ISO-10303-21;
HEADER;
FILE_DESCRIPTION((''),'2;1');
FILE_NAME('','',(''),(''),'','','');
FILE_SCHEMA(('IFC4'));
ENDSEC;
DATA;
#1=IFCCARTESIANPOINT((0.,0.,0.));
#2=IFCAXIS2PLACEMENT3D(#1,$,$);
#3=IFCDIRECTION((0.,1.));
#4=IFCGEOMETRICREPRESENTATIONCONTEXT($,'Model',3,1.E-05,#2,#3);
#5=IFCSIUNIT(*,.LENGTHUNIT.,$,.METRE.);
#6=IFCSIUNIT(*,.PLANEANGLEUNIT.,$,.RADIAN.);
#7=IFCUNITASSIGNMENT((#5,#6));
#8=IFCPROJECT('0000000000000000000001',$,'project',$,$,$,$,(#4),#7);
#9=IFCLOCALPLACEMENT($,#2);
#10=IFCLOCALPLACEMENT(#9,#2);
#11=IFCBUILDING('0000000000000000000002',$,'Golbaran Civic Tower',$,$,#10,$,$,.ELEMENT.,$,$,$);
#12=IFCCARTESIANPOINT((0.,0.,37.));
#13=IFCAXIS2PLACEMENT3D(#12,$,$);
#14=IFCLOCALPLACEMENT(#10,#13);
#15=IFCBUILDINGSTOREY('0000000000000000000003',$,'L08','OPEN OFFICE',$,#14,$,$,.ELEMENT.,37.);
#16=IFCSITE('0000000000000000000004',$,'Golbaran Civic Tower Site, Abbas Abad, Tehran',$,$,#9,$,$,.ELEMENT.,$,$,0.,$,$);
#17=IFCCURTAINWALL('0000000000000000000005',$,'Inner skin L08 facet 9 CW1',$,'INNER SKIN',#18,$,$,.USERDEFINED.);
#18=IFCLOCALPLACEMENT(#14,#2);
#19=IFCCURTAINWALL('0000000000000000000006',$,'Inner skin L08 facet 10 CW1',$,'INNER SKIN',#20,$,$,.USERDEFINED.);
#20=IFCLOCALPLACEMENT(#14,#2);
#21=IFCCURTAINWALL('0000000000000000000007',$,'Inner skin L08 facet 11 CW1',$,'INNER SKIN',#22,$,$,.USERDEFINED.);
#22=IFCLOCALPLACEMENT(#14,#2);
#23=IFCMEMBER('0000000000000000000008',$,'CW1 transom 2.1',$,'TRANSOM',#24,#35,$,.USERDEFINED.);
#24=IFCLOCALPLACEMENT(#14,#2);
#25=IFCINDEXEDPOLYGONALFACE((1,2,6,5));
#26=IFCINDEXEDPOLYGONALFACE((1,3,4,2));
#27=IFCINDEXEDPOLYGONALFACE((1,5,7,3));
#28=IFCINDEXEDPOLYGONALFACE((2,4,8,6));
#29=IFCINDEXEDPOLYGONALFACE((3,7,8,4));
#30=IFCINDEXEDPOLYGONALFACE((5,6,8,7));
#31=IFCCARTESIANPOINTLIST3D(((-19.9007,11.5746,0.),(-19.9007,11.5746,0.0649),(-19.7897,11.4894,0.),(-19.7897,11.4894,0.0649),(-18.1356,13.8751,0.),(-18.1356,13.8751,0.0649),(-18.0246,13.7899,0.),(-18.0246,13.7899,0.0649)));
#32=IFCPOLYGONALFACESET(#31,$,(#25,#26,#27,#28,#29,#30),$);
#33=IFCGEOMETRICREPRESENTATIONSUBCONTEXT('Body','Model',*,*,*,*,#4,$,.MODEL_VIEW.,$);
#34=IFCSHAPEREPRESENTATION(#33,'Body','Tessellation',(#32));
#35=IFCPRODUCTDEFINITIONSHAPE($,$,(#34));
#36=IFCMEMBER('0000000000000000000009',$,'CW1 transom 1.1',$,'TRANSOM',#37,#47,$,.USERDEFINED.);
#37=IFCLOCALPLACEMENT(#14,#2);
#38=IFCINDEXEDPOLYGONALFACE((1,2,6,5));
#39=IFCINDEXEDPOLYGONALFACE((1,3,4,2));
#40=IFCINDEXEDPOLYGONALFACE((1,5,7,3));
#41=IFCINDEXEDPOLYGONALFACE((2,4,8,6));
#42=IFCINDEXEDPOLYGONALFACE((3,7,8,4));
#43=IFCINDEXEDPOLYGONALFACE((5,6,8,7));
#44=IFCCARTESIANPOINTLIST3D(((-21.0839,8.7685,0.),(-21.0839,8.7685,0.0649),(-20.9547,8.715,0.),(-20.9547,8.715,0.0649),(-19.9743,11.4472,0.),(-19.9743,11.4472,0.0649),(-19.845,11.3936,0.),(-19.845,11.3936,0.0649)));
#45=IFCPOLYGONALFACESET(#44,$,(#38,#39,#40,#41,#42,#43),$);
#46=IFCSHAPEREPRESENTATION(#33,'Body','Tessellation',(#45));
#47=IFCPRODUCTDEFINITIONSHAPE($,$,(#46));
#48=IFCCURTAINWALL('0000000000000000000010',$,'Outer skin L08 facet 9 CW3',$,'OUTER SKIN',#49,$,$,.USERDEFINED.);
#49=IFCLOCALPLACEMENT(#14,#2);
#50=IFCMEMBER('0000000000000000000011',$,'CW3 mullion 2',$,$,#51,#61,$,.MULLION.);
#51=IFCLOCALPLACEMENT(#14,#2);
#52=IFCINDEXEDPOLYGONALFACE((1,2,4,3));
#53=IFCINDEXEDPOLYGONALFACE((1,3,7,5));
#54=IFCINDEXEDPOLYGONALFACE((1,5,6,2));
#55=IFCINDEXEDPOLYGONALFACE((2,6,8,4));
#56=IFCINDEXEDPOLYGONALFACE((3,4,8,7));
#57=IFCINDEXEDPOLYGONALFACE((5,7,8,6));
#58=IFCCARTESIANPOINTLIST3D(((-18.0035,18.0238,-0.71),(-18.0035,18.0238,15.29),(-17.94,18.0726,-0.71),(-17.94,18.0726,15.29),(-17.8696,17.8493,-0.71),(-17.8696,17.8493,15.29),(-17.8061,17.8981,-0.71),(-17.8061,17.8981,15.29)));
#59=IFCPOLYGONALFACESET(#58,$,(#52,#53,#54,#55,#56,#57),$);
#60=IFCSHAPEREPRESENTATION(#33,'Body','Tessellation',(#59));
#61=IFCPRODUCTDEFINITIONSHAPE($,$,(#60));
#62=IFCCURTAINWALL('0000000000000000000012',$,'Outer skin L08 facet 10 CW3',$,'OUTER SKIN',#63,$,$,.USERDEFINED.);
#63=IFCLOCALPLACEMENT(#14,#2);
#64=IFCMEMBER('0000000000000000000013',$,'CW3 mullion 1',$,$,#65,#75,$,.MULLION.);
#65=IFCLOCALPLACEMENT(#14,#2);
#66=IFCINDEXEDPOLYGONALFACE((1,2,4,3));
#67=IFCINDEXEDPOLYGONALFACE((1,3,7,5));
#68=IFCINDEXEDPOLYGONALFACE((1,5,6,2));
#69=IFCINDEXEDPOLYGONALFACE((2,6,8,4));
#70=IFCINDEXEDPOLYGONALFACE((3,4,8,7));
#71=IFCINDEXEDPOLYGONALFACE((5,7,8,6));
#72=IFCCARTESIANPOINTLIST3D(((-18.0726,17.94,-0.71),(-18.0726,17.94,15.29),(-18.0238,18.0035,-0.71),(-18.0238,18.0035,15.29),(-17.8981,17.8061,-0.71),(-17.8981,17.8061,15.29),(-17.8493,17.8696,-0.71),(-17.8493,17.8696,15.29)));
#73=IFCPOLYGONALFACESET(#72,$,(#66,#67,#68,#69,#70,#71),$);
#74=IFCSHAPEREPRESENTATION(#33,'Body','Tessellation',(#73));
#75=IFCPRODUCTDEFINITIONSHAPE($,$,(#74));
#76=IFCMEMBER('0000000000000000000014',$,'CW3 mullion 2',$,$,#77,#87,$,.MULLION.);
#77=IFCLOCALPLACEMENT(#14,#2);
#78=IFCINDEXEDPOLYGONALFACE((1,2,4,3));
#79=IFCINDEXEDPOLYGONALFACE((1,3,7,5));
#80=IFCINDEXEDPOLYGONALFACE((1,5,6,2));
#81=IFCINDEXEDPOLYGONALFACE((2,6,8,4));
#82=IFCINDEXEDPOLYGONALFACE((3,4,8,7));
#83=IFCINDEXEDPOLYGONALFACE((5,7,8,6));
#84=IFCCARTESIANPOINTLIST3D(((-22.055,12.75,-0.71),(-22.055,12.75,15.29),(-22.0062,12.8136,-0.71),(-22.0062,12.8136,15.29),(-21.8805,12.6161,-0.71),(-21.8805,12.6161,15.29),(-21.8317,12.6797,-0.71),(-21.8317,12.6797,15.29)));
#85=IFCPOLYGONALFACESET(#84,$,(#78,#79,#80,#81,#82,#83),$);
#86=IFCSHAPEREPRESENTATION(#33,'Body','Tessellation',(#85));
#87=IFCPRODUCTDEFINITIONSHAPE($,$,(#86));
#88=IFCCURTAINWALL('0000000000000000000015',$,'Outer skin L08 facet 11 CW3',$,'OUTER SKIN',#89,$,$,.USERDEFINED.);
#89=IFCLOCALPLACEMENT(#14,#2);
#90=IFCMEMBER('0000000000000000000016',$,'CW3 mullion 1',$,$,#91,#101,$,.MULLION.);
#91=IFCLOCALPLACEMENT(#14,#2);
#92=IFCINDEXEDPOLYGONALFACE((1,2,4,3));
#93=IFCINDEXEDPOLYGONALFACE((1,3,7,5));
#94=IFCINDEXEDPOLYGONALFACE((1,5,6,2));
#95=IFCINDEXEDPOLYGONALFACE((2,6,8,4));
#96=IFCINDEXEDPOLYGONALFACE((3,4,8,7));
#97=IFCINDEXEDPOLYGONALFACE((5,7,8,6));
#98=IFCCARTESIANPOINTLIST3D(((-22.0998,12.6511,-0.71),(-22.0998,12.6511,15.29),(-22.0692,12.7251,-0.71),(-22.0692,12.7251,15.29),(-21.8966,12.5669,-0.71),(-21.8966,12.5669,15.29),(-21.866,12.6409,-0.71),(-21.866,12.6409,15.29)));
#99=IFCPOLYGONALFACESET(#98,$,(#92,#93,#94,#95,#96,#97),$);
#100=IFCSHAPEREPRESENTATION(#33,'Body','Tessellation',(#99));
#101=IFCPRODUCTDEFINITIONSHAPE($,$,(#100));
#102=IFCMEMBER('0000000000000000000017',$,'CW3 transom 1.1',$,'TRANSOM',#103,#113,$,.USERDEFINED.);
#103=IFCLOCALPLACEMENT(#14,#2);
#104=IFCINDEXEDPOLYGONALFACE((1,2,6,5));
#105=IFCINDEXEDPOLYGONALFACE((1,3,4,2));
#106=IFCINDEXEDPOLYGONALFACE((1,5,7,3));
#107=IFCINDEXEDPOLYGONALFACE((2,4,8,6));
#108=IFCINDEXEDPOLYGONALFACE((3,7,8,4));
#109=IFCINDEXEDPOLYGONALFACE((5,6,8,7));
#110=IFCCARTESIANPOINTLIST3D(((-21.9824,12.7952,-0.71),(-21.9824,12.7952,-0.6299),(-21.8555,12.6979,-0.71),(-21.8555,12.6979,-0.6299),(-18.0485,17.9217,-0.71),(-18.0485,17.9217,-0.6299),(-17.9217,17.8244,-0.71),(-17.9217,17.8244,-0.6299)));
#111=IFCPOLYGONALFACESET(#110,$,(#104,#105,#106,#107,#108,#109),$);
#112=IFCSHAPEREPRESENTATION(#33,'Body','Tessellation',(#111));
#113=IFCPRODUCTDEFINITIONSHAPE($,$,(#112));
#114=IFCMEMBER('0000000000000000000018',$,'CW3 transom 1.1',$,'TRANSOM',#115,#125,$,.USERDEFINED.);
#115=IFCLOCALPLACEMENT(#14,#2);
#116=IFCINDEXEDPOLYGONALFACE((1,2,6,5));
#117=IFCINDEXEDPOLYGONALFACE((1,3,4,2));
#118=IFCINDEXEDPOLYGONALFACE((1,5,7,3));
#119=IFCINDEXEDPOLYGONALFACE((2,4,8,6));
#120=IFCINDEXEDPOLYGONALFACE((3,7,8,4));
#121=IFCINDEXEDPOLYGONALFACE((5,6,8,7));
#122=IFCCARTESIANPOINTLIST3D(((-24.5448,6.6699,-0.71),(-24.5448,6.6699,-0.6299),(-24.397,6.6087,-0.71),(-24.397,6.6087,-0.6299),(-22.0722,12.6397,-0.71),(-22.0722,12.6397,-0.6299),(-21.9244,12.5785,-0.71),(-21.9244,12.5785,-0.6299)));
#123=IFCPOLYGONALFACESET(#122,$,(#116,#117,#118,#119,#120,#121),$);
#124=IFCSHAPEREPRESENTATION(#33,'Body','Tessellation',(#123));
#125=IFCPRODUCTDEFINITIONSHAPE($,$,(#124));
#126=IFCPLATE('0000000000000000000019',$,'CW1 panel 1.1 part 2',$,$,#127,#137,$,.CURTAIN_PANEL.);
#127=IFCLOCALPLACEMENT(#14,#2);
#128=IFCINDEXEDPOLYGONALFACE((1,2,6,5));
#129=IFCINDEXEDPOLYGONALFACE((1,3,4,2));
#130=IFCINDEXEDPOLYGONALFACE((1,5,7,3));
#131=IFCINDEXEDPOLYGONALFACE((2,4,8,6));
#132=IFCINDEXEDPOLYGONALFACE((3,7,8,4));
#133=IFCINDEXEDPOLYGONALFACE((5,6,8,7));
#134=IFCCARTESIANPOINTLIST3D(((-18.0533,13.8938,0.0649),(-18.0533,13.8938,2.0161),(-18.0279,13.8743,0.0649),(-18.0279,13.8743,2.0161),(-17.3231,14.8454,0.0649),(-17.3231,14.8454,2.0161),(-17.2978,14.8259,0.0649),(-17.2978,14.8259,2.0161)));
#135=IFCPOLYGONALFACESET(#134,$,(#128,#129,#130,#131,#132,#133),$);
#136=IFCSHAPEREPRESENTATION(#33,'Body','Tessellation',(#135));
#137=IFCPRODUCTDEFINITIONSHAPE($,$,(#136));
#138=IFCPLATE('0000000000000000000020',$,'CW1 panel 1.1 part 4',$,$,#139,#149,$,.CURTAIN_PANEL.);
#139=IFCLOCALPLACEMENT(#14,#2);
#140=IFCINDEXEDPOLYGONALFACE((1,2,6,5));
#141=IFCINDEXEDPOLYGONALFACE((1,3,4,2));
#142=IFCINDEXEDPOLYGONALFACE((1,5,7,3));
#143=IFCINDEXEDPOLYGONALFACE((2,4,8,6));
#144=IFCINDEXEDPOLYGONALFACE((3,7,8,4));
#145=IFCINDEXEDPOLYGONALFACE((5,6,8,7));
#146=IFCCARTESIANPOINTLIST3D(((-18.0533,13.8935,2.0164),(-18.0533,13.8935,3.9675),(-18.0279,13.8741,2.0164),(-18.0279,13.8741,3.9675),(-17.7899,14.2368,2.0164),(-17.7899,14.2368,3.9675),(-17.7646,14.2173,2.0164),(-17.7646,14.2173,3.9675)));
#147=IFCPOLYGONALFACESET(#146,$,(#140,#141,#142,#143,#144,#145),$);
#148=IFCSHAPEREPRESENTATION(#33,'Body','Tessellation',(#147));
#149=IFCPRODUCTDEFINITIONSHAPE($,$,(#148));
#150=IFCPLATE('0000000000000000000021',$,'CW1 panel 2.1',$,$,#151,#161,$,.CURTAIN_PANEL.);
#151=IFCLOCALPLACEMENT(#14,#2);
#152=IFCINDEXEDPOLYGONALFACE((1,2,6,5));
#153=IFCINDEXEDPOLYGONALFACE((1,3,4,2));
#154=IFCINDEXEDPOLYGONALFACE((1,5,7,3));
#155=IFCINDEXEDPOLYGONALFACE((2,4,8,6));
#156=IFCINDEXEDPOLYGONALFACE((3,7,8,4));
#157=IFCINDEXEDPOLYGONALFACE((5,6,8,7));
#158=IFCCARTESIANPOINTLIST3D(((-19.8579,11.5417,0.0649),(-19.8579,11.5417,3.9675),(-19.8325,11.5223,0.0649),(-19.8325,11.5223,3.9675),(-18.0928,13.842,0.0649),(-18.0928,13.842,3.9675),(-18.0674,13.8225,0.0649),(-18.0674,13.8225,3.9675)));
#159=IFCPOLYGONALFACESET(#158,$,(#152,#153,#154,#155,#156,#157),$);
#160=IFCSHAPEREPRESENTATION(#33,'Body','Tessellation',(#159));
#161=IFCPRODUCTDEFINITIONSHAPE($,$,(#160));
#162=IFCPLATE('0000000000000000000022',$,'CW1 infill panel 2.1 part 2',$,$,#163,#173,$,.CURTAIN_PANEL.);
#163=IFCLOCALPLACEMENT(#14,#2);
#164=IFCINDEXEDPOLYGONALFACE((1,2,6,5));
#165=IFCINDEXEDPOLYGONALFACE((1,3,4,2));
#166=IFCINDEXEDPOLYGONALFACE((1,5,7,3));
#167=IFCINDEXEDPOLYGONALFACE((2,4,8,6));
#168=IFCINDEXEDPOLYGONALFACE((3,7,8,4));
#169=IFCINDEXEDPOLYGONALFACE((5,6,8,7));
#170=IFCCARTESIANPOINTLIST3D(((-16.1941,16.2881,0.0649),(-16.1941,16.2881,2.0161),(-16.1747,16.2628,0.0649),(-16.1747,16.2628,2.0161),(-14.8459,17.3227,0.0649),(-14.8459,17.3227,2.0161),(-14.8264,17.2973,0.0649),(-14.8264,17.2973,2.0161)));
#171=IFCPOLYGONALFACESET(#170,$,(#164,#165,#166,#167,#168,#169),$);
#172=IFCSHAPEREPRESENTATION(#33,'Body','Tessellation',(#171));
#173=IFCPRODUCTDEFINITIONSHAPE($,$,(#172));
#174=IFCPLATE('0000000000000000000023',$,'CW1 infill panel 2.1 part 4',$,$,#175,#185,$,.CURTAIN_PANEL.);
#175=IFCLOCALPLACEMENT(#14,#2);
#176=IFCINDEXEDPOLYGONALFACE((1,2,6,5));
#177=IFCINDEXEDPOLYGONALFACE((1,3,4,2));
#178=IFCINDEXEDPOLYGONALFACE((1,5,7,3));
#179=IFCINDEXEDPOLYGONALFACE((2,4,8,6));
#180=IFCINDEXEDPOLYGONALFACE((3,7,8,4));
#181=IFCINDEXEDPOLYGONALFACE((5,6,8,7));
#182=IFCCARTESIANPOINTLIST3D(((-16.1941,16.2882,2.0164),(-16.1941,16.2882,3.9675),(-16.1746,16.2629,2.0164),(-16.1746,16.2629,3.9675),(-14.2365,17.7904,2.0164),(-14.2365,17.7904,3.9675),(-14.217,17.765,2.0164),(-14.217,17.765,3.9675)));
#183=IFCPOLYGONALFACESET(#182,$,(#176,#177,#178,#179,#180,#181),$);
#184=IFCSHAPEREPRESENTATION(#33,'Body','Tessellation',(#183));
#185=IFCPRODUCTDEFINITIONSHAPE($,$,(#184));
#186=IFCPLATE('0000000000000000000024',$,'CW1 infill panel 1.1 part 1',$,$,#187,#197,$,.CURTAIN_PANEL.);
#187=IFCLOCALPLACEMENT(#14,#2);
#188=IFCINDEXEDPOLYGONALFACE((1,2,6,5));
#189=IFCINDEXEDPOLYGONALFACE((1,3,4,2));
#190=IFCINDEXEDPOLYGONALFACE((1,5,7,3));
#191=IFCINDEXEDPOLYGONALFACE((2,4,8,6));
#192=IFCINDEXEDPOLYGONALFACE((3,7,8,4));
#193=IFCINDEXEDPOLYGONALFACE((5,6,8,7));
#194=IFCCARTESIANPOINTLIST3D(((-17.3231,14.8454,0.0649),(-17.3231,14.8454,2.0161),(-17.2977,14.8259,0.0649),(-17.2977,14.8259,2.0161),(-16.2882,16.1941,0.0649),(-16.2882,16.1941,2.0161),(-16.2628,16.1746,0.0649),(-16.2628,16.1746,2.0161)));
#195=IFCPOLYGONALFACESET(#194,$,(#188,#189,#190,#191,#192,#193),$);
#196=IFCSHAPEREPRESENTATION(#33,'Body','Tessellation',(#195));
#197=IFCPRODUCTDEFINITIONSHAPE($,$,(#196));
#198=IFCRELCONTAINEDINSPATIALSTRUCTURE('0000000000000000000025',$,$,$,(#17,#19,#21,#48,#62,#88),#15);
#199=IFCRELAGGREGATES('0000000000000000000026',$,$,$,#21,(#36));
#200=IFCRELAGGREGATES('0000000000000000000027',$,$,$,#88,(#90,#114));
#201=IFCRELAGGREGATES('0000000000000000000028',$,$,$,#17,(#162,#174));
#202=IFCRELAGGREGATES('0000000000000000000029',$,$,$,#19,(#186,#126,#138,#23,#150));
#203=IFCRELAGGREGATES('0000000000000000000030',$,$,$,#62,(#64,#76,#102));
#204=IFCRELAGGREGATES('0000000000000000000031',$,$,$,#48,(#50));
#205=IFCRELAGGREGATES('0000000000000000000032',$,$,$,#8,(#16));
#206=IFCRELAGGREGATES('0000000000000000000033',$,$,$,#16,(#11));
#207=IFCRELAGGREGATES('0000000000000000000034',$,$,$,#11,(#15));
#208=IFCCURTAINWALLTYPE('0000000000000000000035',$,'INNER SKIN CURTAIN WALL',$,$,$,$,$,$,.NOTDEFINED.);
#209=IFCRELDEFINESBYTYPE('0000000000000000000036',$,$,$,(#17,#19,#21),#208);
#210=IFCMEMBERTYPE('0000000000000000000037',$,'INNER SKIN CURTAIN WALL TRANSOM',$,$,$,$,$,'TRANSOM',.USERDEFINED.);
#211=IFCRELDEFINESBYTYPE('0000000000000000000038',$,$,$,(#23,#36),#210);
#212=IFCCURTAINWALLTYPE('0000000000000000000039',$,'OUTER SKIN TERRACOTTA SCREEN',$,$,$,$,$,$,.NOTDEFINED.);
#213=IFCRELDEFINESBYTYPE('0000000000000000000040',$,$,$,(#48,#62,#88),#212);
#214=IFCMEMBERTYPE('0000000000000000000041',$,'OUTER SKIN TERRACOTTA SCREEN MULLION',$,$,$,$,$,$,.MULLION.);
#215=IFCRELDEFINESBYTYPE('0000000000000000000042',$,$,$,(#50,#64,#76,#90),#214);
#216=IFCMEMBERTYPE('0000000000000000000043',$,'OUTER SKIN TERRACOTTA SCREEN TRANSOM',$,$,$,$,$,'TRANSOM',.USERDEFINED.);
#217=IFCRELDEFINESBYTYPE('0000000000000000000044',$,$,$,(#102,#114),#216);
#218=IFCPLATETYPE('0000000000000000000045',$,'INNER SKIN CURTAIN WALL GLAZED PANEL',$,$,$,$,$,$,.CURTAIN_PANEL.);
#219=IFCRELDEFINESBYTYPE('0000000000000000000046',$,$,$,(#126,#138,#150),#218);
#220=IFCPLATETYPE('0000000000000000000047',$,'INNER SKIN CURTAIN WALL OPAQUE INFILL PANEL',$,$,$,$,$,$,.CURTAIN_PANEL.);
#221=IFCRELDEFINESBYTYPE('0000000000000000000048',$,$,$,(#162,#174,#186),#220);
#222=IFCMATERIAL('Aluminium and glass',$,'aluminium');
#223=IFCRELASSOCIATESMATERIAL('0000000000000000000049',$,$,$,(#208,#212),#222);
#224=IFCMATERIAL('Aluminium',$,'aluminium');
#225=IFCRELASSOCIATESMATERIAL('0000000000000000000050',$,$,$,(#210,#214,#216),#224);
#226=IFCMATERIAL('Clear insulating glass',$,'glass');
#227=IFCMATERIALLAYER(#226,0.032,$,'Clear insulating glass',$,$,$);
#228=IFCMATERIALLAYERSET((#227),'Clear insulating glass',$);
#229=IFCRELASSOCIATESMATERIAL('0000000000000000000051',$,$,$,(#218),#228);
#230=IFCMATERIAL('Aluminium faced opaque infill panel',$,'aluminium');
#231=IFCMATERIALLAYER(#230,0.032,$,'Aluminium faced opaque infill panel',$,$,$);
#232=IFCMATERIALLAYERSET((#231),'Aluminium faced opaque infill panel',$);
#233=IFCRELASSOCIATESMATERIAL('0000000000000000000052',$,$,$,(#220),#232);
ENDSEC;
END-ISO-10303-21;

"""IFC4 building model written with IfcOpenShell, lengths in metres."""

from ifc_helpers import new_model, si_unit, direction, frame, origin, origin_2d, place, context, subcontext, project, spatial, rectangle, extrude, material, layer, layer_set, material_profile, profile_set, type_object, element, aggregate, save


model = new_model("IFC4")

# Units and contexts
model_context = context("Model", 3, precision=1e-05, world=origin(), true_north=direction((0.0, 1.0)))
body_context = subcontext(model_context, "Body", "Model", "MODEL_VIEW")
ifc_project = project(units=[si_unit("LENGTHUNIT", "METRE"), si_unit("PLANEANGLEUNIT", "RADIAN")], contexts=[model_context])

# Site, building, storey
site_placement = place(None, origin())
site = spatial("IfcSite", under=ifc_project, at=site_placement, Name="Golbaran Civic Tower Site, Abbas Abad, Tehran", CompositionType="ELEMENT", RefElevation=0.0)
building_placement = place(site_placement, origin())
building = spatial("IfcBuilding", under=site, at=building_placement, Name="Golbaran Civic Tower", CompositionType="ELEMENT")
storey_placement = place(building_placement, frame((0.0, 0.0, 37.0)))
storey = spatial("IfcBuildingStorey", under=building, at=storey_placement, Name="L08", Description="OPEN OFFICE", CompositionType="ELEMENT", Elevation=37.0)

# Curtain wall
ifc_material_1 = material(Name="Aluminium and glass", Category="aluminium")
curtain_wall_type_1 = type_object("IfcCurtainWallType", Name="INNER SKIN CURTAIN WALL", PredefinedType="NOTDEFINED", material=ifc_material_1)
curtain_wall_1_placement = place(storey_placement, origin())
curtain_wall_1 = element("IfcCurtainWall", 1, at=curtain_wall_1_placement, inside=storey, type_object=curtain_wall_type_1, Name="Inner skin L08 facet 9 CW1", ObjectType="INNER SKIN", PredefinedType="USERDEFINED")
ifc_material_2 = material(Name="Aluminium", Category="aluminium")

# Curtain wall
curtain_wall_2_placement = place(storey_placement, origin())
curtain_wall_2 = element("IfcCurtainWall", 2, at=curtain_wall_2_placement, inside=storey, type_object=curtain_wall_type_1, Name="Inner skin L08 facet 10 CW1", ObjectType="INNER SKIN", PredefinedType="USERDEFINED")

# Curtain wall
curtain_wall_3_placement = place(storey_placement, origin())
curtain_wall_3 = element("IfcCurtainWall", 3, at=curtain_wall_3_placement, inside=storey, type_object=curtain_wall_type_1, Name="Inner skin L08 facet 11 CW1", ObjectType="INNER SKIN", PredefinedType="USERDEFINED")

# Members
ifc_material_profile_1 = material_profile(ifc_material_2, rectangle(XDim=0.1399, YDim=0.0649, at=origin_2d()), Name="INNER SKIN CURTAIN WALL TRANSOM")
ifc_profile_set_1 = profile_set([ifc_material_profile_1], Name="Aluminium")
member_type_1 = type_object("IfcMemberType", Name="INNER SKIN CURTAIN WALL TRANSOM", ElementType="TRANSOM", PredefinedType="USERDEFINED", material=ifc_profile_set_1)
member_1_placement = place(storey_placement, frame((-18.0801, 13.8325, 0.0325), z_axis=(-0.608734, -0.793375, 0.0), x_axis=(0.793375, -0.608734, 0.0)))
member_1 = element("IfcMember", 4, at=member_1_placement, type_object=member_type_1, Name="CW1 transom 2.1", ObjectType="TRANSOM", PredefinedType="USERDEFINED", context=body_context, shape_type="SweptSolid", body=[
    extrude(rectangle(XDim=0.1399, YDim=0.0649, at=origin_2d()), origin(), (0.0, 0.0, 1.0), 2.8997),
])
member_2_placement = place(storey_placement, frame((-19.9097, 11.4204, 0.0325), z_axis=(-0.382701, -0.923872, 0.0), x_axis=(0.923872, -0.382701, 0.0)))
member_2 = element("IfcMember", 5, at=member_2_placement, type_object=member_type_1, Name="CW1 transom 1.1", ObjectType="TRANSOM", PredefinedType="USERDEFINED", context=body_context, shape_type="SweptSolid", body=[
    extrude(rectangle(XDim=0.1399, YDim=0.0649, at=origin_2d()), origin(), (0.0, 0.0, 1.0), 2.8994),
])
aggregate(curtain_wall_3, [member_2])

# Curtain wall, member
curtain_wall_type_2 = type_object("IfcCurtainWallType", Name="OUTER SKIN TERRACOTTA SCREEN", PredefinedType="NOTDEFINED", material=ifc_material_1)
curtain_wall_4_placement = place(storey_placement, origin())
curtain_wall_4 = element("IfcCurtainWall", 6, at=curtain_wall_4_placement, inside=storey, type_object=curtain_wall_type_2, Name="Outer skin L08 facet 9 CW3", ObjectType="OUTER SKIN", PredefinedType="USERDEFINED")
ifc_material_profile_2 = material_profile(ifc_material_2, rectangle(XDim=0.22, YDim=0.0801, at=origin_2d()), Name="OUTER SKIN TERRACOTTA SCREEN MULLION")
ifc_profile_set_2 = profile_set([ifc_material_profile_2], Name="Aluminium")
member_type_2 = type_object("IfcMemberType", Name="OUTER SKIN TERRACOTTA SCREEN MULLION", PredefinedType="MULLION", material=ifc_profile_set_2)
member_3_placement = place(storey_placement, frame((-17.9048, 17.9609, -0.71), z_axis=(0.0, 0.0, 1.0), x_axis=(0.608761, -0.793353, 0.0)))
member_3 = element("IfcMember", 7, at=member_3_placement, type_object=member_type_2, Name="CW3 mullion 2", PredefinedType="MULLION", context=body_context, shape_type="SweptSolid", body=[
    extrude(rectangle(XDim=0.22, YDim=0.0801, at=origin_2d()), origin(), (0.0, 0.0, 1.0), 16.0),
])

# Curtain wall, members
curtain_wall_5_placement = place(storey_placement, origin())
curtain_wall_5 = element("IfcCurtainWall", 8, at=curtain_wall_5_placement, inside=storey, type_object=curtain_wall_type_2, Name="Outer skin L08 facet 10 CW3", ObjectType="OUTER SKIN", PredefinedType="USERDEFINED")
member_4_placement = place(storey_placement, frame((-17.9609, 17.9048, -0.71), z_axis=(0.0, 0.0, 1.0), x_axis=(0.793353, -0.608761, 0.0)))
member_4 = element("IfcMember", 9, at=member_4_placement, type_object=member_type_2, Name="CW3 mullion 1", PredefinedType="MULLION", context=body_context, shape_type="SweptSolid", body=[
    extrude(rectangle(XDim=0.22, YDim=0.0801, at=origin_2d()), origin(), (0.0, 0.0, 1.0), 16.0),
])
member_5_placement = place(storey_placement, frame((-21.9434, 12.7148, -0.71), z_axis=(0.0, 0.0, 1.0), x_axis=(0.793353, -0.608761, 0.0)))
member_5 = element("IfcMember", 10, at=member_5_placement, type_object=member_type_2, Name="CW3 mullion 2", PredefinedType="MULLION", context=body_context, shape_type="SweptSolid", body=[
    extrude(rectangle(XDim=0.22, YDim=0.0801, at=origin_2d()), origin(), (0.0, 0.0, 1.0), 16.0),
])

# Curtain wall, member
curtain_wall_6_placement = place(storey_placement, origin())
curtain_wall_6 = element("IfcCurtainWall", 11, at=curtain_wall_6_placement, inside=storey, type_object=curtain_wall_type_2, Name="Outer skin L08 facet 11 CW3", ObjectType="OUTER SKIN", PredefinedType="USERDEFINED")
member_6_placement = place(storey_placement, frame((-21.9829, 12.646, -0.71), z_axis=(0.0, 0.0, 1.0), x_axis=(0.92388, -0.382683, 0.0)))
member_6 = element("IfcMember", 12, at=member_6_placement, type_object=member_type_2, Name="CW3 mullion 1", PredefinedType="MULLION", context=body_context, shape_type="SweptSolid", body=[
    extrude(rectangle(XDim=0.22, YDim=0.0801, at=origin_2d()), origin(), (0.0, 0.0, 1.0), 16.0),
])

# Members
ifc_material_profile_3 = material_profile(ifc_material_2, rectangle(XDim=0.1599, YDim=0.0801, at=origin_2d()), Name="OUTER SKIN TERRACOTTA SCREEN TRANSOM")
ifc_profile_set_3 = profile_set([ifc_material_profile_3], Name="Aluminium")
member_type_3 = type_object("IfcMemberType", Name="OUTER SKIN TERRACOTTA SCREEN TRANSOM", ElementType="TRANSOM", PredefinedType="USERDEFINED", material=ifc_profile_set_3)
member_7_placement = place(storey_placement, frame((-17.9851, 17.873, -0.6699), z_axis=(-0.608777, -0.793341, 0.0), x_axis=(0.793341, -0.608777, 0.0)))
member_7 = element("IfcMember", 13, at=member_7_placement, type_object=member_type_3, Name="CW3 transom 1.1", ObjectType="TRANSOM", PredefinedType="USERDEFINED", context=body_context, shape_type="SweptSolid", body=[
    extrude(rectangle(XDim=0.1599, YDim=0.0801, at=origin_2d()), origin(), (0.0, 0.0, 1.0), 6.4619),
])
member_8_placement = place(storey_placement, frame((-21.9983, 12.6091, -0.6699), z_axis=(-0.382659, -0.92389, 0.0), x_axis=(0.92389, -0.382659, 0.0)))
member_8 = element("IfcMember", 14, at=member_8_placement, type_object=member_type_3, Name="CW3 transom 1.1", ObjectType="TRANSOM", PredefinedType="USERDEFINED", context=body_context, shape_type="SweptSolid", body=[
    extrude(rectangle(XDim=0.1599, YDim=0.0801, at=origin_2d()), origin(), (0.0, 0.0, 1.0), 6.4617),
])
aggregate(curtain_wall_6, [member_6, member_8])

# Plates
ifc_material_3 = material(Name="Clear insulating glass", Category="glass")
ifc_layer_1 = layer(ifc_material_3, 0.032, Name="Clear insulating glass")
ifc_layer_set_1 = layer_set([ifc_layer_1], Name="Clear insulating glass")
plate_type_1 = type_object("IfcPlateType", Name="INNER SKIN CURTAIN WALL GLAZED PANEL", PredefinedType="CURTAIN_PANEL", material=ifc_layer_set_1)
plate_1_placement = place(storey_placement, frame((-17.6755, 14.3599, 0.0649), z_axis=(0.0, 0.0, 1.0), x_axis=(-0.608761, -0.793353, 0.0)))
plate_1 = element("IfcPlate", 15, at=plate_1_placement, type_object=plate_type_1, Name="CW1 panel 1.1 part 2", PredefinedType="CURTAIN_PANEL", context=body_context, shape_type="SweptSolid", body=[
    extrude(rectangle(XDim=1.1995, YDim=0.032, at=origin_2d()), origin(), (0.0, 0.0, 1.0), 1.9512),
])
plate_2_placement = place(storey_placement, frame((-17.9089, 14.0554, 2.0164), z_axis=(0.0, 0.0, 1.0), x_axis=(-0.608761, -0.793353, 0.0)))
plate_2 = element("IfcPlate", 16, at=plate_2_placement, type_object=plate_type_1, Name="CW1 panel 1.1 part 4", PredefinedType="CURTAIN_PANEL", context=body_context, shape_type="SweptSolid", body=[
    extrude(rectangle(XDim=0.4326, YDim=0.032, at=origin_2d()), origin(), (0.0, 0.0, 1.0), 1.9512),
])
plate_3_placement = place(storey_placement, frame((-18.9626, 12.6821, 0.0649), z_axis=(0.0, 0.0, 1.0), x_axis=(-0.608761, -0.793353, 0.0)))
plate_3 = element("IfcPlate", 17, at=plate_3_placement, type_object=plate_type_1, Name="CW1 panel 2.1", PredefinedType="CURTAIN_PANEL", context=body_context, shape_type="SweptSolid", body=[
    extrude(rectangle(XDim=2.8994, YDim=0.032, at=origin_2d()), origin(), (0.0, 0.0, 1.0), 3.9026),
])
ifc_material_4 = material(Name="Aluminium faced opaque infill panel", Category="aluminium")
ifc_layer_2 = layer(ifc_material_4, 0.032, Name="Aluminium faced opaque infill panel")
ifc_layer_set_2 = layer_set([ifc_layer_2], Name="Aluminium faced opaque infill panel")
plate_type_2 = type_object("IfcPlateType", Name="INNER SKIN CURTAIN WALL OPAQUE INFILL PANEL", PredefinedType="CURTAIN_PANEL", material=ifc_layer_set_2)
plate_4_placement = place(storey_placement, frame((-15.5103, 16.7927, 0.0649), z_axis=(0.0, 0.0, 1.0), x_axis=(-0.793353, -0.608761, 0.0)))
plate_4 = element("IfcPlate", 18, at=plate_4_placement, type_object=plate_type_2, Name="CW1 infill panel 2.1 part 2", PredefinedType="CURTAIN_PANEL", context=body_context, shape_type="SweptSolid", body=[
    extrude(rectangle(XDim=1.6995, YDim=0.032, at=origin_2d()), origin(), (0.0, 0.0, 1.0), 1.9512),
])
plate_5_placement = place(storey_placement, frame((-15.2056, 17.0266, 2.0164), z_axis=(0.0, 0.0, 1.0), x_axis=(-0.793353, -0.608761, 0.0)))
plate_5 = element("IfcPlate", 19, at=plate_5_placement, type_object=plate_type_2, Name="CW1 infill panel 2.1 part 4", PredefinedType="CURTAIN_PANEL", context=body_context, shape_type="SweptSolid", body=[
    extrude(rectangle(XDim=2.4675, YDim=0.032, at=origin_2d()), origin(), (0.0, 0.0, 1.0), 1.9512),
])
aggregate(curtain_wall_1, [plate_4, plate_5])
plate_6_placement = place(storey_placement, frame((-16.793, 15.51, 0.0649), z_axis=(0.0, 0.0, 1.0), x_axis=(-0.608761, -0.793353, 0.0)))
plate_6 = element("IfcPlate", 20, at=plate_6_placement, type_object=plate_type_2, Name="CW1 infill panel 1.1 part 1", PredefinedType="CURTAIN_PANEL", context=body_context, shape_type="SweptSolid", body=[
    extrude(rectangle(XDim=1.7, YDim=0.032, at=origin_2d()), origin(), (0.0, 0.0, 1.0), 1.9512),
])
aggregate(curtain_wall_2, [plate_6, plate_1, plate_2, member_1, plate_3])
aggregate(curtain_wall_5, [member_4, member_5, member_7])
aggregate(curtain_wall_4, [member_3])

save(model, "model.ifc")
